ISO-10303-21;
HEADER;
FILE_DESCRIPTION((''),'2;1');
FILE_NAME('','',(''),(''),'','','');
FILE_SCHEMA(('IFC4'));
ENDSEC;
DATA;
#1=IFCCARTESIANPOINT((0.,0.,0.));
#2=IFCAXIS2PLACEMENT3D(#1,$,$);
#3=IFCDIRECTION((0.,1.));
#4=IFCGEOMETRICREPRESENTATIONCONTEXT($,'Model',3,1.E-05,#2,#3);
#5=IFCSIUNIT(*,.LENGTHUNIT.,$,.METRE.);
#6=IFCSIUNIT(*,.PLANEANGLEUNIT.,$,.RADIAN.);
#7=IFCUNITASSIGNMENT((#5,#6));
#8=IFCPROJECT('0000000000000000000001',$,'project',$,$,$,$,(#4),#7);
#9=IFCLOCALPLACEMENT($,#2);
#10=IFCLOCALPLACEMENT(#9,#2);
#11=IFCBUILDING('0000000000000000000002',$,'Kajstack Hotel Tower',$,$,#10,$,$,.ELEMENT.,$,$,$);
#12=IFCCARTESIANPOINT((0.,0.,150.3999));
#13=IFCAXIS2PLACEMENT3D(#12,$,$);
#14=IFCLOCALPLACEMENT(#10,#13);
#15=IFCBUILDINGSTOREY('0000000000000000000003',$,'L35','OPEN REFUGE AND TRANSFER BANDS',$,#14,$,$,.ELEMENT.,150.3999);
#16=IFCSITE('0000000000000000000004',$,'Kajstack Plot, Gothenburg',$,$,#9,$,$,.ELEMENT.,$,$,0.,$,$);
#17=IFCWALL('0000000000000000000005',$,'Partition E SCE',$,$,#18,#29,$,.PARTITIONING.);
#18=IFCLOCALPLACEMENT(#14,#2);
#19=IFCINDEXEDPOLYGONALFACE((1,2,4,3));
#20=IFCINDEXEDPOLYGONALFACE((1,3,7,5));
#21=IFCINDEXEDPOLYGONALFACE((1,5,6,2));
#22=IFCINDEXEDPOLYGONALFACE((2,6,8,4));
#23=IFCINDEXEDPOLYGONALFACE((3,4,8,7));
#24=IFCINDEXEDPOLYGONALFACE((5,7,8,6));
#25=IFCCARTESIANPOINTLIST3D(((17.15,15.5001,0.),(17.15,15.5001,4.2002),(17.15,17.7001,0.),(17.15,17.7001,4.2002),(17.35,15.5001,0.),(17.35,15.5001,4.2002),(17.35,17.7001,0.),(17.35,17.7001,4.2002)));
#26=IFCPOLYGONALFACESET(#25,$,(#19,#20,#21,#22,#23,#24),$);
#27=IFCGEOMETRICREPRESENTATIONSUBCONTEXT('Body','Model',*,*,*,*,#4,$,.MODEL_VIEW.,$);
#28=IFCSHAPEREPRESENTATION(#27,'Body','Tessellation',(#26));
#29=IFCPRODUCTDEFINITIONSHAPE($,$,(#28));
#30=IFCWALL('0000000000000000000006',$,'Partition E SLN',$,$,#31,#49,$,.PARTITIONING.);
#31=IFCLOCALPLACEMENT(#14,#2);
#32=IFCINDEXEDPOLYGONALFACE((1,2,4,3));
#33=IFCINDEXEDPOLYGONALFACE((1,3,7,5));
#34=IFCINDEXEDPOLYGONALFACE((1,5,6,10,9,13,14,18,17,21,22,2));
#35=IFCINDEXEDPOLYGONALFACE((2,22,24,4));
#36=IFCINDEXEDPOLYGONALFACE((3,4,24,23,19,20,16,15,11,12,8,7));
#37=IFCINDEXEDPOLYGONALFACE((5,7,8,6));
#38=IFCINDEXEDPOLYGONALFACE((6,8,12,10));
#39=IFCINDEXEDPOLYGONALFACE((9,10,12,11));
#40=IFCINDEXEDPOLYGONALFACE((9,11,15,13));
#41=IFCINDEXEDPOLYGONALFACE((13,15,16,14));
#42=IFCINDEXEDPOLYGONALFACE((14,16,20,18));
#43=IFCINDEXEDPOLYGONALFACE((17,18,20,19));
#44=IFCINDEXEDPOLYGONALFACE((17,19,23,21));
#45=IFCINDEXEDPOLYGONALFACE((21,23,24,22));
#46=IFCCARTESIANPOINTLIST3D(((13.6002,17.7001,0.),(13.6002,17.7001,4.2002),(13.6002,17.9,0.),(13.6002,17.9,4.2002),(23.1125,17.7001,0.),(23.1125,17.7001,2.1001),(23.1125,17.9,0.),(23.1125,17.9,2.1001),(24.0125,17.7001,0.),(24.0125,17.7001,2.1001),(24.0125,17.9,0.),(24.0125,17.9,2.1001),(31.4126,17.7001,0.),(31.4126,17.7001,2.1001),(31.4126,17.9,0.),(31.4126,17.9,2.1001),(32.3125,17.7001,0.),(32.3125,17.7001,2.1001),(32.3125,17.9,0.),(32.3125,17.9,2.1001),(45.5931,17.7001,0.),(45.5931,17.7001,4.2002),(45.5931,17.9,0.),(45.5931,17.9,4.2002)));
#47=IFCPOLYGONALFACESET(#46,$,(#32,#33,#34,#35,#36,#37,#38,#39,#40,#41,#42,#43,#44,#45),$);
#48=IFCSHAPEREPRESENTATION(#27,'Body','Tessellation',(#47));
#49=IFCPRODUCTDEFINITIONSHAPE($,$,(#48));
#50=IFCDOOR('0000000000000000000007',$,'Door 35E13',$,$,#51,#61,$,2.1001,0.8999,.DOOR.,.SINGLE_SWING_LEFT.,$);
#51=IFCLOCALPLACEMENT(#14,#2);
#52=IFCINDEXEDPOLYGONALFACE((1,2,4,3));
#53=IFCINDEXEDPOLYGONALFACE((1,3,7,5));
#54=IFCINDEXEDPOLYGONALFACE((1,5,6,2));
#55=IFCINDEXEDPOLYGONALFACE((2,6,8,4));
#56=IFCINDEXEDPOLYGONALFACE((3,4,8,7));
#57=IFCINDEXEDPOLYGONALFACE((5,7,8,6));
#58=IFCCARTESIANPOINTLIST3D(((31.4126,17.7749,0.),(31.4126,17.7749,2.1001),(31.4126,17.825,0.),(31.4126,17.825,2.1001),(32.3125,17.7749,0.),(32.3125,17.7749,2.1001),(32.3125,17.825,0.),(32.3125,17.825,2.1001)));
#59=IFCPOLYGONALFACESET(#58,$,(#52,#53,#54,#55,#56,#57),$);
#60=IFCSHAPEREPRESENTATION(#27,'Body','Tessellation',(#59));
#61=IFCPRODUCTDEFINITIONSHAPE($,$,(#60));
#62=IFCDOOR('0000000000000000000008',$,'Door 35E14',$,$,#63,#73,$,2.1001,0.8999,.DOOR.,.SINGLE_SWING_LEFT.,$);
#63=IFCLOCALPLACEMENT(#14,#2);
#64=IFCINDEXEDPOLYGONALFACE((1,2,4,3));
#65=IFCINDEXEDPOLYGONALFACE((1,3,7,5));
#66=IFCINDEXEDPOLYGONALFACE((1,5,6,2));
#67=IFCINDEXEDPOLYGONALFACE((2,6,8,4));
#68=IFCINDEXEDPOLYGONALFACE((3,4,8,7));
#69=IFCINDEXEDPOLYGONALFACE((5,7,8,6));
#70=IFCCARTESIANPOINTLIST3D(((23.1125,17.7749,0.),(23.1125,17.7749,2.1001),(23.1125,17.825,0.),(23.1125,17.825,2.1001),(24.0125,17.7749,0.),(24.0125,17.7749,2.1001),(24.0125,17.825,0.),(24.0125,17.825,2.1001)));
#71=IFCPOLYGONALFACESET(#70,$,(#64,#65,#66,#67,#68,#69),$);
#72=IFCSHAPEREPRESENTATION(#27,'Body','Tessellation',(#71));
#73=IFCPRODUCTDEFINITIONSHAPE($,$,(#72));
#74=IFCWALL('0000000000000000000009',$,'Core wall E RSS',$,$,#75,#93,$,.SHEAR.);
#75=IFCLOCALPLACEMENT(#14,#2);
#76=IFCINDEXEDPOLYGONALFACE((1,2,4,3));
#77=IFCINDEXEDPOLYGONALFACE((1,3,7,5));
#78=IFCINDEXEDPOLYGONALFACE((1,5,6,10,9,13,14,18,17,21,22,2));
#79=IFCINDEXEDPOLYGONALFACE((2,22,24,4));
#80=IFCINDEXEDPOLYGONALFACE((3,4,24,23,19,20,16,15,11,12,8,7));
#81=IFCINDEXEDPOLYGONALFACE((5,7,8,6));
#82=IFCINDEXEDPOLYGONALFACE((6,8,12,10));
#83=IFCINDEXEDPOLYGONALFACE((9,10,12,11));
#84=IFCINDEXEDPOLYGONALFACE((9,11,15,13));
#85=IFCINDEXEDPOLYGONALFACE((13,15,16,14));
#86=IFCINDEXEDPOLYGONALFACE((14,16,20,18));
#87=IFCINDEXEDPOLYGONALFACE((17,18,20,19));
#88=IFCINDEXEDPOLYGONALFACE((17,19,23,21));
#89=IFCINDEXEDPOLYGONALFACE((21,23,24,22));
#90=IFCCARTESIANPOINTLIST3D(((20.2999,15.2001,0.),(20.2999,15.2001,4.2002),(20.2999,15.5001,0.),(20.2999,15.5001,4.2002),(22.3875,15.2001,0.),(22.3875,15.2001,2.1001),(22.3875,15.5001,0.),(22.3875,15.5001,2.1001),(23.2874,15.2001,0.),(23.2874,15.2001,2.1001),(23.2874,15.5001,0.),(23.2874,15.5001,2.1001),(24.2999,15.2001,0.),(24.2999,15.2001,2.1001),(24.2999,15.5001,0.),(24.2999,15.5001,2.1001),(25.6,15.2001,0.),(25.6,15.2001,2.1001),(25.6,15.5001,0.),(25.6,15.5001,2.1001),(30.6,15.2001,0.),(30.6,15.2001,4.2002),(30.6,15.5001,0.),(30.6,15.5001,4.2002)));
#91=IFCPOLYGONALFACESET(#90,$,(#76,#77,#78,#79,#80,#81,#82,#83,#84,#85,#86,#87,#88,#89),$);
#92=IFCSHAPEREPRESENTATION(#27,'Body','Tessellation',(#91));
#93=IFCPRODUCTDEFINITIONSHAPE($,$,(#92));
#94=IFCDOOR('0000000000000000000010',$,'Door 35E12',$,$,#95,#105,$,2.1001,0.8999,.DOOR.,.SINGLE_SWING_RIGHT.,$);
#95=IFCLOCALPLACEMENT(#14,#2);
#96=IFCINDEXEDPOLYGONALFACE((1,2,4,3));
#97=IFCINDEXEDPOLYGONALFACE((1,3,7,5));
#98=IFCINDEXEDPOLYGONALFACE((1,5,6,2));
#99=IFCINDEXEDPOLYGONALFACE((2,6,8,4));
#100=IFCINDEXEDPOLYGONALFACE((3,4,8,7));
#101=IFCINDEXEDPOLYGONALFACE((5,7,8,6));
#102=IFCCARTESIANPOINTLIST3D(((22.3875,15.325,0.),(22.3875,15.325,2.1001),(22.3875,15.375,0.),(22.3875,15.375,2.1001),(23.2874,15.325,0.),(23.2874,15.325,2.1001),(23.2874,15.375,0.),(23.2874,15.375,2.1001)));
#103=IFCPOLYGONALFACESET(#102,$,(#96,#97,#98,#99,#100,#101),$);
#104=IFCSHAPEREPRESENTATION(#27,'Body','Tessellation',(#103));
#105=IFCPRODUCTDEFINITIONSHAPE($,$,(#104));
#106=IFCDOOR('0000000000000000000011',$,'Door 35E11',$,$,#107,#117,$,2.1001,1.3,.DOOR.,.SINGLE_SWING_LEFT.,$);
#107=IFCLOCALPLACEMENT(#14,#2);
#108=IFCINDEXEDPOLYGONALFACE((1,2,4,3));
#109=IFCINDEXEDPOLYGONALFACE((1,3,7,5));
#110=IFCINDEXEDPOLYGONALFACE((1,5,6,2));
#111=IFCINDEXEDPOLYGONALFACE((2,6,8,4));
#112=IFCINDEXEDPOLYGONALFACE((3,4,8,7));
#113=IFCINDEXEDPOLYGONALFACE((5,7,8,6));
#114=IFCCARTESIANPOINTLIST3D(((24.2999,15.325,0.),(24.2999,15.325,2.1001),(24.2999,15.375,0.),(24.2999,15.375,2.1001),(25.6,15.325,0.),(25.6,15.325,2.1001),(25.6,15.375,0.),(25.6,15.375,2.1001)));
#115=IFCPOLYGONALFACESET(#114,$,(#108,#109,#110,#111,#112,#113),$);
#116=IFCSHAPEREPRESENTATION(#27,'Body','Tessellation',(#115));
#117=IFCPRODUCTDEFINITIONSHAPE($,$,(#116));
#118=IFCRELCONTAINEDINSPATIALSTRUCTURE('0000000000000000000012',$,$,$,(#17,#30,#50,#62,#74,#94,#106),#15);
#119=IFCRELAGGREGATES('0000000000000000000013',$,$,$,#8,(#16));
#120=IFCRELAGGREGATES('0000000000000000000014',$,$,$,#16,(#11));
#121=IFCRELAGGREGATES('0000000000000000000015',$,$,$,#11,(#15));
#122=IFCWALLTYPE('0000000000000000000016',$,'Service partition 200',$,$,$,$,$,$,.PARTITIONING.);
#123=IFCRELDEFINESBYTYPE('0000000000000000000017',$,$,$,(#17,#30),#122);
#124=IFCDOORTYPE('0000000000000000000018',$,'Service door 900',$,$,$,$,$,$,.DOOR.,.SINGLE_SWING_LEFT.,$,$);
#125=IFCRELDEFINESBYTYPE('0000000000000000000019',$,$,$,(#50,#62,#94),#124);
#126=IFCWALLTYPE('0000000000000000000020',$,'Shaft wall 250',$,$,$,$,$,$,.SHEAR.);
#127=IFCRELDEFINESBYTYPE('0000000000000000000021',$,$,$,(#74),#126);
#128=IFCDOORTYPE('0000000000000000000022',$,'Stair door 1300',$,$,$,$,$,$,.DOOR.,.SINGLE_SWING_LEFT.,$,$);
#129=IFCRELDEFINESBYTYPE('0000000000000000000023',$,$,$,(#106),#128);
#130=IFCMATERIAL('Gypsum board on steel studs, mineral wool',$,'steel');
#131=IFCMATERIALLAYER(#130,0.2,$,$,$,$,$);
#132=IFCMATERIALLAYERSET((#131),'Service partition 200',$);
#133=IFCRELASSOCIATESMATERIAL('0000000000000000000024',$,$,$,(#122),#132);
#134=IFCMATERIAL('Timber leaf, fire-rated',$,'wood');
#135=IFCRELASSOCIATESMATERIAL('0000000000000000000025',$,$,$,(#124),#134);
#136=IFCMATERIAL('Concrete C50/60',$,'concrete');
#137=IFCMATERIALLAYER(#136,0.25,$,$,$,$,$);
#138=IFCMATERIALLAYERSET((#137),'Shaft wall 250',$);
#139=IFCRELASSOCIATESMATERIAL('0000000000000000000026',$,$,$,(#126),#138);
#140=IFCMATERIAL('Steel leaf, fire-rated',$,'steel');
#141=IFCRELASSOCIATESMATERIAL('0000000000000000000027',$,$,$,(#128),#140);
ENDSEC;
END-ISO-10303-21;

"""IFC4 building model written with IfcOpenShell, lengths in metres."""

from ifc_helpers import new_model, si_unit, direction, frame, frame_2d, origin, place, context, subcontext, project, spatial, rectangle, extrude, material, layer, layer_set, type_object, element, fill, save


model = new_model("IFC4")

# Units and contexts
model_context = context("Model", 3, precision=1e-05, world=origin(), true_north=direction((0.0, 1.0)))
body_context = subcontext(model_context, "Body", "Model", "MODEL_VIEW")
ifc_project = project(units=[si_unit("LENGTHUNIT", "METRE"), si_unit("PLANEANGLEUNIT", "RADIAN")], contexts=[model_context])

# Site, building, storey
site_placement = place(None, origin())
site = spatial("IfcSite", under=ifc_project, at=site_placement, Name="Kajstack Plot, Gothenburg", CompositionType="ELEMENT", RefElevation=0.0)
building_placement = place(site_placement, origin())
building = spatial("IfcBuilding", under=site, at=building_placement, Name="Kajstack Hotel Tower", CompositionType="ELEMENT")
storey_placement = place(building_placement, frame((0.0, 0.0, 150.3999)))
storey = spatial("IfcBuildingStorey", under=building, at=storey_placement, Name="L35", Description="OPEN REFUGE AND TRANSFER BANDS", CompositionType="ELEMENT", Elevation=150.3999)

# Wall
ifc_material_1 = material(Name="Gypsum board on steel studs, mineral wool", Category="steel")
ifc_layer_1 = layer(ifc_material_1, 0.2)
ifc_layer_set_1 = layer_set([ifc_layer_1], Name="Service partition 200")
wall_type_1 = type_object("IfcWallType", Name="Service partition 200", PredefinedType="PARTITIONING", material=ifc_layer_set_1)
wall_1_placement = place(storey_placement, frame((17.25, 15.5, 0.0), z_axis=(0.0, 0.0, 1.0), x_axis=(0.0, 1.0, 0.0)))
element("IfcWall", 1, at=wall_1_placement, inside=storey, type_object=wall_type_1, Name="Partition E SCE", PredefinedType="PARTITIONING", context=body_context, shape_type="SweptSolid", body=[
    extrude(rectangle(XDim=2.2, YDim=0.2, at=frame_2d((1.1001, 0.0))), origin(), (0.0, 0.0, 1.0), 4.2002),
])

# Walls, openings, doors
wall_2_placement = place(storey_placement, frame((13.6001, 17.8, 0.0), z_axis=(0.0, 0.0, 1.0), x_axis=(1.0, 0.0, 0.0)))
wall_2 = element("IfcWall", 2, at=wall_2_placement, inside=storey, type_object=wall_type_1, Name="Partition E SLN", PredefinedType="PARTITIONING", context=body_context, shape_type="SweptSolid", body=[
    extrude(rectangle(XDim=31.9929, YDim=0.2, at=frame_2d((15.9966, 0.0))), origin(), (0.0, 0.0, 1.0), 4.2002),
])
opening_1_placement = place(wall_2_placement, frame((17.8125, 0.0, 0.0)))
opening_1 = element("IfcOpeningElement", 3, at=opening_1_placement, cuts=wall_2, PredefinedType="OPENING", context=body_context, shape_type="SweptSolid", body=[
    extrude(rectangle(XDim=0.8999, YDim=2.1001, at=frame_2d((0.45, 1.05))), frame((0.0, 0.1099, 0.0), z_axis=(0.0, -1.0, 0.0), x_axis=(1.0, 0.0, 0.0)), (0.0, 0.0, 1.0), 0.22),
])
opening_2_placement = place(wall_2_placement, frame((9.5125, 0.0, 0.0)))
opening_2 = element("IfcOpeningElement", 4, at=opening_2_placement, cuts=wall_2, PredefinedType="OPENING", context=body_context, shape_type="SweptSolid", body=[
    extrude(rectangle(XDim=0.8999, YDim=2.1001, at=frame_2d((0.45, 1.05))), frame((0.0, 0.1099, 0.0), z_axis=(0.0, -1.0, 0.0), x_axis=(1.0, 0.0, 0.0)), (0.0, 0.0, 1.0), 0.22),
])
ifc_material_2 = material(Name="Timber leaf, fire-rated", Category="wood")
door_type_1 = type_object("IfcDoorType", Name="Service door 900", OperationType="SINGLE_SWING_LEFT", PredefinedType="DOOR", material=ifc_material_2)
door_1_placement = place(opening_1_placement, origin())
door_1 = element("IfcDoor", 5, at=door_1_placement, inside=storey, type_object=door_type_1, Name="Door 35E13", OperationType="SINGLE_SWING_LEFT", OverallHeight=2.1001, OverallWidth=0.8999, PredefinedType="DOOR", context=body_context, shape_type="SweptSolid", body=[
    extrude(rectangle(XDim=0.8999, YDim=2.1001, at=frame_2d((0.45, 1.05))), frame((0.0, 0.0249, 0.0), z_axis=(0.0, -1.0, 0.0), x_axis=(1.0, 0.0, 0.0)), (0.0, 0.0, 1.0), 0.05),
])
fill(opening_1, door_1)
door_2_placement = place(opening_2_placement, origin())
door_2 = element("IfcDoor", 6, at=door_2_placement, inside=storey, type_object=door_type_1, Name="Door 35E14", OperationType="SINGLE_SWING_LEFT", OverallHeight=2.1001, OverallWidth=0.8999, PredefinedType="DOOR", context=body_context, shape_type="SweptSolid", body=[
    extrude(rectangle(XDim=0.8999, YDim=2.1001, at=frame_2d((0.45, 1.05))), frame((0.0, 0.0249, 0.0), z_axis=(0.0, -1.0, 0.0), x_axis=(1.0, 0.0, 0.0)), (0.0, 0.0, 1.0), 0.05),
])
fill(opening_2, door_2)
ifc_material_3 = material(Name="Concrete C50/60", Category="concrete")
ifc_layer_2 = layer(ifc_material_3, 0.25)
ifc_layer_set_2 = layer_set([ifc_layer_2], Name="Shaft wall 250")
wall_type_2 = type_object("IfcWallType", Name="Shaft wall 250", PredefinedType="SHEAR", material=ifc_layer_set_2)
wall_3_placement = place(storey_placement, frame((20.3, 15.3501, 0.0), z_axis=(0.0, 0.0, 1.0), x_axis=(1.0, 0.0, 0.0)))
wall_3 = element("IfcWall", 7, at=wall_3_placement, inside=storey, type_object=wall_type_2, Name="Core wall E RSS", PredefinedType="SHEAR", context=body_context, shape_type="SweptSolid", body=[
    extrude(rectangle(XDim=10.3, YDim=0.3, at=frame_2d((5.1499, 0.0))), origin(), (0.0, 0.0, 1.0), 4.2002),
])
opening_3_placement = place(wall_3_placement, frame((4.0, 0.0, 0.0)))
opening_3 = element("IfcOpeningElement", 8, at=opening_3_placement, cuts=wall_3, PredefinedType="OPENING", context=body_context, shape_type="SweptSolid", body=[
    extrude(rectangle(XDim=1.3, YDim=2.1001, at=frame_2d((0.6499, 1.05))), frame((0.0, 0.1599, 0.0), z_axis=(0.0, -1.0, 0.0), x_axis=(1.0, 0.0, 0.0)), (0.0, 0.0, 1.0), 0.3201),
])
opening_4_placement = place(wall_3_placement, frame((2.0874, 0.0, 0.0)))
opening_4 = element("IfcOpeningElement", 9, at=opening_4_placement, cuts=wall_3, PredefinedType="OPENING", context=body_context, shape_type="SweptSolid", body=[
    extrude(rectangle(XDim=0.8999, YDim=2.1001, at=frame_2d((0.45, 1.05))), frame((0.0, 0.1599, 0.0), z_axis=(0.0, -1.0, 0.0), x_axis=(1.0, 0.0, 0.0)), (0.0, 0.0, 1.0), 0.3201),
])
door_3_placement = place(opening_4_placement, origin())
door_3 = element("IfcDoor", 10, at=door_3_placement, inside=storey, type_object=door_type_1, Name="Door 35E12", OperationType="SINGLE_SWING_RIGHT", OverallHeight=2.1001, OverallWidth=0.8999, PredefinedType="DOOR", context=body_context, shape_type="SweptSolid", body=[
    extrude(rectangle(XDim=0.8999, YDim=2.1001, at=frame_2d((0.45, 1.05))), frame((0.0, 0.0249, 0.0), z_axis=(0.0, -1.0, 0.0), x_axis=(1.0, 0.0, 0.0)), (0.0, 0.0, 1.0), 0.05),
])
fill(opening_4, door_3)
ifc_material_4 = material(Name="Steel leaf, fire-rated", Category="steel")
door_type_2 = type_object("IfcDoorType", Name="Stair door 1300", OperationType="SINGLE_SWING_LEFT", PredefinedType="DOOR", material=ifc_material_4)
door_4_placement = place(opening_3_placement, origin())
door_4 = element("IfcDoor", 11, at=door_4_placement, inside=storey, type_object=door_type_2, Name="Door 35E11", OperationType="SINGLE_SWING_LEFT", OverallHeight=2.1001, OverallWidth=1.3, PredefinedType="DOOR", context=body_context, shape_type="SweptSolid", body=[
    extrude(rectangle(XDim=1.3, YDim=2.1001, at=frame_2d((0.6499, 1.05))), frame((0.0, 0.0249, 0.0), z_axis=(0.0, -1.0, 0.0), x_axis=(1.0, 0.0, 0.0)), (0.0, 0.0, 1.0), 0.05),
])
fill(opening_3, door_4)

save(model, "model.ifc")
